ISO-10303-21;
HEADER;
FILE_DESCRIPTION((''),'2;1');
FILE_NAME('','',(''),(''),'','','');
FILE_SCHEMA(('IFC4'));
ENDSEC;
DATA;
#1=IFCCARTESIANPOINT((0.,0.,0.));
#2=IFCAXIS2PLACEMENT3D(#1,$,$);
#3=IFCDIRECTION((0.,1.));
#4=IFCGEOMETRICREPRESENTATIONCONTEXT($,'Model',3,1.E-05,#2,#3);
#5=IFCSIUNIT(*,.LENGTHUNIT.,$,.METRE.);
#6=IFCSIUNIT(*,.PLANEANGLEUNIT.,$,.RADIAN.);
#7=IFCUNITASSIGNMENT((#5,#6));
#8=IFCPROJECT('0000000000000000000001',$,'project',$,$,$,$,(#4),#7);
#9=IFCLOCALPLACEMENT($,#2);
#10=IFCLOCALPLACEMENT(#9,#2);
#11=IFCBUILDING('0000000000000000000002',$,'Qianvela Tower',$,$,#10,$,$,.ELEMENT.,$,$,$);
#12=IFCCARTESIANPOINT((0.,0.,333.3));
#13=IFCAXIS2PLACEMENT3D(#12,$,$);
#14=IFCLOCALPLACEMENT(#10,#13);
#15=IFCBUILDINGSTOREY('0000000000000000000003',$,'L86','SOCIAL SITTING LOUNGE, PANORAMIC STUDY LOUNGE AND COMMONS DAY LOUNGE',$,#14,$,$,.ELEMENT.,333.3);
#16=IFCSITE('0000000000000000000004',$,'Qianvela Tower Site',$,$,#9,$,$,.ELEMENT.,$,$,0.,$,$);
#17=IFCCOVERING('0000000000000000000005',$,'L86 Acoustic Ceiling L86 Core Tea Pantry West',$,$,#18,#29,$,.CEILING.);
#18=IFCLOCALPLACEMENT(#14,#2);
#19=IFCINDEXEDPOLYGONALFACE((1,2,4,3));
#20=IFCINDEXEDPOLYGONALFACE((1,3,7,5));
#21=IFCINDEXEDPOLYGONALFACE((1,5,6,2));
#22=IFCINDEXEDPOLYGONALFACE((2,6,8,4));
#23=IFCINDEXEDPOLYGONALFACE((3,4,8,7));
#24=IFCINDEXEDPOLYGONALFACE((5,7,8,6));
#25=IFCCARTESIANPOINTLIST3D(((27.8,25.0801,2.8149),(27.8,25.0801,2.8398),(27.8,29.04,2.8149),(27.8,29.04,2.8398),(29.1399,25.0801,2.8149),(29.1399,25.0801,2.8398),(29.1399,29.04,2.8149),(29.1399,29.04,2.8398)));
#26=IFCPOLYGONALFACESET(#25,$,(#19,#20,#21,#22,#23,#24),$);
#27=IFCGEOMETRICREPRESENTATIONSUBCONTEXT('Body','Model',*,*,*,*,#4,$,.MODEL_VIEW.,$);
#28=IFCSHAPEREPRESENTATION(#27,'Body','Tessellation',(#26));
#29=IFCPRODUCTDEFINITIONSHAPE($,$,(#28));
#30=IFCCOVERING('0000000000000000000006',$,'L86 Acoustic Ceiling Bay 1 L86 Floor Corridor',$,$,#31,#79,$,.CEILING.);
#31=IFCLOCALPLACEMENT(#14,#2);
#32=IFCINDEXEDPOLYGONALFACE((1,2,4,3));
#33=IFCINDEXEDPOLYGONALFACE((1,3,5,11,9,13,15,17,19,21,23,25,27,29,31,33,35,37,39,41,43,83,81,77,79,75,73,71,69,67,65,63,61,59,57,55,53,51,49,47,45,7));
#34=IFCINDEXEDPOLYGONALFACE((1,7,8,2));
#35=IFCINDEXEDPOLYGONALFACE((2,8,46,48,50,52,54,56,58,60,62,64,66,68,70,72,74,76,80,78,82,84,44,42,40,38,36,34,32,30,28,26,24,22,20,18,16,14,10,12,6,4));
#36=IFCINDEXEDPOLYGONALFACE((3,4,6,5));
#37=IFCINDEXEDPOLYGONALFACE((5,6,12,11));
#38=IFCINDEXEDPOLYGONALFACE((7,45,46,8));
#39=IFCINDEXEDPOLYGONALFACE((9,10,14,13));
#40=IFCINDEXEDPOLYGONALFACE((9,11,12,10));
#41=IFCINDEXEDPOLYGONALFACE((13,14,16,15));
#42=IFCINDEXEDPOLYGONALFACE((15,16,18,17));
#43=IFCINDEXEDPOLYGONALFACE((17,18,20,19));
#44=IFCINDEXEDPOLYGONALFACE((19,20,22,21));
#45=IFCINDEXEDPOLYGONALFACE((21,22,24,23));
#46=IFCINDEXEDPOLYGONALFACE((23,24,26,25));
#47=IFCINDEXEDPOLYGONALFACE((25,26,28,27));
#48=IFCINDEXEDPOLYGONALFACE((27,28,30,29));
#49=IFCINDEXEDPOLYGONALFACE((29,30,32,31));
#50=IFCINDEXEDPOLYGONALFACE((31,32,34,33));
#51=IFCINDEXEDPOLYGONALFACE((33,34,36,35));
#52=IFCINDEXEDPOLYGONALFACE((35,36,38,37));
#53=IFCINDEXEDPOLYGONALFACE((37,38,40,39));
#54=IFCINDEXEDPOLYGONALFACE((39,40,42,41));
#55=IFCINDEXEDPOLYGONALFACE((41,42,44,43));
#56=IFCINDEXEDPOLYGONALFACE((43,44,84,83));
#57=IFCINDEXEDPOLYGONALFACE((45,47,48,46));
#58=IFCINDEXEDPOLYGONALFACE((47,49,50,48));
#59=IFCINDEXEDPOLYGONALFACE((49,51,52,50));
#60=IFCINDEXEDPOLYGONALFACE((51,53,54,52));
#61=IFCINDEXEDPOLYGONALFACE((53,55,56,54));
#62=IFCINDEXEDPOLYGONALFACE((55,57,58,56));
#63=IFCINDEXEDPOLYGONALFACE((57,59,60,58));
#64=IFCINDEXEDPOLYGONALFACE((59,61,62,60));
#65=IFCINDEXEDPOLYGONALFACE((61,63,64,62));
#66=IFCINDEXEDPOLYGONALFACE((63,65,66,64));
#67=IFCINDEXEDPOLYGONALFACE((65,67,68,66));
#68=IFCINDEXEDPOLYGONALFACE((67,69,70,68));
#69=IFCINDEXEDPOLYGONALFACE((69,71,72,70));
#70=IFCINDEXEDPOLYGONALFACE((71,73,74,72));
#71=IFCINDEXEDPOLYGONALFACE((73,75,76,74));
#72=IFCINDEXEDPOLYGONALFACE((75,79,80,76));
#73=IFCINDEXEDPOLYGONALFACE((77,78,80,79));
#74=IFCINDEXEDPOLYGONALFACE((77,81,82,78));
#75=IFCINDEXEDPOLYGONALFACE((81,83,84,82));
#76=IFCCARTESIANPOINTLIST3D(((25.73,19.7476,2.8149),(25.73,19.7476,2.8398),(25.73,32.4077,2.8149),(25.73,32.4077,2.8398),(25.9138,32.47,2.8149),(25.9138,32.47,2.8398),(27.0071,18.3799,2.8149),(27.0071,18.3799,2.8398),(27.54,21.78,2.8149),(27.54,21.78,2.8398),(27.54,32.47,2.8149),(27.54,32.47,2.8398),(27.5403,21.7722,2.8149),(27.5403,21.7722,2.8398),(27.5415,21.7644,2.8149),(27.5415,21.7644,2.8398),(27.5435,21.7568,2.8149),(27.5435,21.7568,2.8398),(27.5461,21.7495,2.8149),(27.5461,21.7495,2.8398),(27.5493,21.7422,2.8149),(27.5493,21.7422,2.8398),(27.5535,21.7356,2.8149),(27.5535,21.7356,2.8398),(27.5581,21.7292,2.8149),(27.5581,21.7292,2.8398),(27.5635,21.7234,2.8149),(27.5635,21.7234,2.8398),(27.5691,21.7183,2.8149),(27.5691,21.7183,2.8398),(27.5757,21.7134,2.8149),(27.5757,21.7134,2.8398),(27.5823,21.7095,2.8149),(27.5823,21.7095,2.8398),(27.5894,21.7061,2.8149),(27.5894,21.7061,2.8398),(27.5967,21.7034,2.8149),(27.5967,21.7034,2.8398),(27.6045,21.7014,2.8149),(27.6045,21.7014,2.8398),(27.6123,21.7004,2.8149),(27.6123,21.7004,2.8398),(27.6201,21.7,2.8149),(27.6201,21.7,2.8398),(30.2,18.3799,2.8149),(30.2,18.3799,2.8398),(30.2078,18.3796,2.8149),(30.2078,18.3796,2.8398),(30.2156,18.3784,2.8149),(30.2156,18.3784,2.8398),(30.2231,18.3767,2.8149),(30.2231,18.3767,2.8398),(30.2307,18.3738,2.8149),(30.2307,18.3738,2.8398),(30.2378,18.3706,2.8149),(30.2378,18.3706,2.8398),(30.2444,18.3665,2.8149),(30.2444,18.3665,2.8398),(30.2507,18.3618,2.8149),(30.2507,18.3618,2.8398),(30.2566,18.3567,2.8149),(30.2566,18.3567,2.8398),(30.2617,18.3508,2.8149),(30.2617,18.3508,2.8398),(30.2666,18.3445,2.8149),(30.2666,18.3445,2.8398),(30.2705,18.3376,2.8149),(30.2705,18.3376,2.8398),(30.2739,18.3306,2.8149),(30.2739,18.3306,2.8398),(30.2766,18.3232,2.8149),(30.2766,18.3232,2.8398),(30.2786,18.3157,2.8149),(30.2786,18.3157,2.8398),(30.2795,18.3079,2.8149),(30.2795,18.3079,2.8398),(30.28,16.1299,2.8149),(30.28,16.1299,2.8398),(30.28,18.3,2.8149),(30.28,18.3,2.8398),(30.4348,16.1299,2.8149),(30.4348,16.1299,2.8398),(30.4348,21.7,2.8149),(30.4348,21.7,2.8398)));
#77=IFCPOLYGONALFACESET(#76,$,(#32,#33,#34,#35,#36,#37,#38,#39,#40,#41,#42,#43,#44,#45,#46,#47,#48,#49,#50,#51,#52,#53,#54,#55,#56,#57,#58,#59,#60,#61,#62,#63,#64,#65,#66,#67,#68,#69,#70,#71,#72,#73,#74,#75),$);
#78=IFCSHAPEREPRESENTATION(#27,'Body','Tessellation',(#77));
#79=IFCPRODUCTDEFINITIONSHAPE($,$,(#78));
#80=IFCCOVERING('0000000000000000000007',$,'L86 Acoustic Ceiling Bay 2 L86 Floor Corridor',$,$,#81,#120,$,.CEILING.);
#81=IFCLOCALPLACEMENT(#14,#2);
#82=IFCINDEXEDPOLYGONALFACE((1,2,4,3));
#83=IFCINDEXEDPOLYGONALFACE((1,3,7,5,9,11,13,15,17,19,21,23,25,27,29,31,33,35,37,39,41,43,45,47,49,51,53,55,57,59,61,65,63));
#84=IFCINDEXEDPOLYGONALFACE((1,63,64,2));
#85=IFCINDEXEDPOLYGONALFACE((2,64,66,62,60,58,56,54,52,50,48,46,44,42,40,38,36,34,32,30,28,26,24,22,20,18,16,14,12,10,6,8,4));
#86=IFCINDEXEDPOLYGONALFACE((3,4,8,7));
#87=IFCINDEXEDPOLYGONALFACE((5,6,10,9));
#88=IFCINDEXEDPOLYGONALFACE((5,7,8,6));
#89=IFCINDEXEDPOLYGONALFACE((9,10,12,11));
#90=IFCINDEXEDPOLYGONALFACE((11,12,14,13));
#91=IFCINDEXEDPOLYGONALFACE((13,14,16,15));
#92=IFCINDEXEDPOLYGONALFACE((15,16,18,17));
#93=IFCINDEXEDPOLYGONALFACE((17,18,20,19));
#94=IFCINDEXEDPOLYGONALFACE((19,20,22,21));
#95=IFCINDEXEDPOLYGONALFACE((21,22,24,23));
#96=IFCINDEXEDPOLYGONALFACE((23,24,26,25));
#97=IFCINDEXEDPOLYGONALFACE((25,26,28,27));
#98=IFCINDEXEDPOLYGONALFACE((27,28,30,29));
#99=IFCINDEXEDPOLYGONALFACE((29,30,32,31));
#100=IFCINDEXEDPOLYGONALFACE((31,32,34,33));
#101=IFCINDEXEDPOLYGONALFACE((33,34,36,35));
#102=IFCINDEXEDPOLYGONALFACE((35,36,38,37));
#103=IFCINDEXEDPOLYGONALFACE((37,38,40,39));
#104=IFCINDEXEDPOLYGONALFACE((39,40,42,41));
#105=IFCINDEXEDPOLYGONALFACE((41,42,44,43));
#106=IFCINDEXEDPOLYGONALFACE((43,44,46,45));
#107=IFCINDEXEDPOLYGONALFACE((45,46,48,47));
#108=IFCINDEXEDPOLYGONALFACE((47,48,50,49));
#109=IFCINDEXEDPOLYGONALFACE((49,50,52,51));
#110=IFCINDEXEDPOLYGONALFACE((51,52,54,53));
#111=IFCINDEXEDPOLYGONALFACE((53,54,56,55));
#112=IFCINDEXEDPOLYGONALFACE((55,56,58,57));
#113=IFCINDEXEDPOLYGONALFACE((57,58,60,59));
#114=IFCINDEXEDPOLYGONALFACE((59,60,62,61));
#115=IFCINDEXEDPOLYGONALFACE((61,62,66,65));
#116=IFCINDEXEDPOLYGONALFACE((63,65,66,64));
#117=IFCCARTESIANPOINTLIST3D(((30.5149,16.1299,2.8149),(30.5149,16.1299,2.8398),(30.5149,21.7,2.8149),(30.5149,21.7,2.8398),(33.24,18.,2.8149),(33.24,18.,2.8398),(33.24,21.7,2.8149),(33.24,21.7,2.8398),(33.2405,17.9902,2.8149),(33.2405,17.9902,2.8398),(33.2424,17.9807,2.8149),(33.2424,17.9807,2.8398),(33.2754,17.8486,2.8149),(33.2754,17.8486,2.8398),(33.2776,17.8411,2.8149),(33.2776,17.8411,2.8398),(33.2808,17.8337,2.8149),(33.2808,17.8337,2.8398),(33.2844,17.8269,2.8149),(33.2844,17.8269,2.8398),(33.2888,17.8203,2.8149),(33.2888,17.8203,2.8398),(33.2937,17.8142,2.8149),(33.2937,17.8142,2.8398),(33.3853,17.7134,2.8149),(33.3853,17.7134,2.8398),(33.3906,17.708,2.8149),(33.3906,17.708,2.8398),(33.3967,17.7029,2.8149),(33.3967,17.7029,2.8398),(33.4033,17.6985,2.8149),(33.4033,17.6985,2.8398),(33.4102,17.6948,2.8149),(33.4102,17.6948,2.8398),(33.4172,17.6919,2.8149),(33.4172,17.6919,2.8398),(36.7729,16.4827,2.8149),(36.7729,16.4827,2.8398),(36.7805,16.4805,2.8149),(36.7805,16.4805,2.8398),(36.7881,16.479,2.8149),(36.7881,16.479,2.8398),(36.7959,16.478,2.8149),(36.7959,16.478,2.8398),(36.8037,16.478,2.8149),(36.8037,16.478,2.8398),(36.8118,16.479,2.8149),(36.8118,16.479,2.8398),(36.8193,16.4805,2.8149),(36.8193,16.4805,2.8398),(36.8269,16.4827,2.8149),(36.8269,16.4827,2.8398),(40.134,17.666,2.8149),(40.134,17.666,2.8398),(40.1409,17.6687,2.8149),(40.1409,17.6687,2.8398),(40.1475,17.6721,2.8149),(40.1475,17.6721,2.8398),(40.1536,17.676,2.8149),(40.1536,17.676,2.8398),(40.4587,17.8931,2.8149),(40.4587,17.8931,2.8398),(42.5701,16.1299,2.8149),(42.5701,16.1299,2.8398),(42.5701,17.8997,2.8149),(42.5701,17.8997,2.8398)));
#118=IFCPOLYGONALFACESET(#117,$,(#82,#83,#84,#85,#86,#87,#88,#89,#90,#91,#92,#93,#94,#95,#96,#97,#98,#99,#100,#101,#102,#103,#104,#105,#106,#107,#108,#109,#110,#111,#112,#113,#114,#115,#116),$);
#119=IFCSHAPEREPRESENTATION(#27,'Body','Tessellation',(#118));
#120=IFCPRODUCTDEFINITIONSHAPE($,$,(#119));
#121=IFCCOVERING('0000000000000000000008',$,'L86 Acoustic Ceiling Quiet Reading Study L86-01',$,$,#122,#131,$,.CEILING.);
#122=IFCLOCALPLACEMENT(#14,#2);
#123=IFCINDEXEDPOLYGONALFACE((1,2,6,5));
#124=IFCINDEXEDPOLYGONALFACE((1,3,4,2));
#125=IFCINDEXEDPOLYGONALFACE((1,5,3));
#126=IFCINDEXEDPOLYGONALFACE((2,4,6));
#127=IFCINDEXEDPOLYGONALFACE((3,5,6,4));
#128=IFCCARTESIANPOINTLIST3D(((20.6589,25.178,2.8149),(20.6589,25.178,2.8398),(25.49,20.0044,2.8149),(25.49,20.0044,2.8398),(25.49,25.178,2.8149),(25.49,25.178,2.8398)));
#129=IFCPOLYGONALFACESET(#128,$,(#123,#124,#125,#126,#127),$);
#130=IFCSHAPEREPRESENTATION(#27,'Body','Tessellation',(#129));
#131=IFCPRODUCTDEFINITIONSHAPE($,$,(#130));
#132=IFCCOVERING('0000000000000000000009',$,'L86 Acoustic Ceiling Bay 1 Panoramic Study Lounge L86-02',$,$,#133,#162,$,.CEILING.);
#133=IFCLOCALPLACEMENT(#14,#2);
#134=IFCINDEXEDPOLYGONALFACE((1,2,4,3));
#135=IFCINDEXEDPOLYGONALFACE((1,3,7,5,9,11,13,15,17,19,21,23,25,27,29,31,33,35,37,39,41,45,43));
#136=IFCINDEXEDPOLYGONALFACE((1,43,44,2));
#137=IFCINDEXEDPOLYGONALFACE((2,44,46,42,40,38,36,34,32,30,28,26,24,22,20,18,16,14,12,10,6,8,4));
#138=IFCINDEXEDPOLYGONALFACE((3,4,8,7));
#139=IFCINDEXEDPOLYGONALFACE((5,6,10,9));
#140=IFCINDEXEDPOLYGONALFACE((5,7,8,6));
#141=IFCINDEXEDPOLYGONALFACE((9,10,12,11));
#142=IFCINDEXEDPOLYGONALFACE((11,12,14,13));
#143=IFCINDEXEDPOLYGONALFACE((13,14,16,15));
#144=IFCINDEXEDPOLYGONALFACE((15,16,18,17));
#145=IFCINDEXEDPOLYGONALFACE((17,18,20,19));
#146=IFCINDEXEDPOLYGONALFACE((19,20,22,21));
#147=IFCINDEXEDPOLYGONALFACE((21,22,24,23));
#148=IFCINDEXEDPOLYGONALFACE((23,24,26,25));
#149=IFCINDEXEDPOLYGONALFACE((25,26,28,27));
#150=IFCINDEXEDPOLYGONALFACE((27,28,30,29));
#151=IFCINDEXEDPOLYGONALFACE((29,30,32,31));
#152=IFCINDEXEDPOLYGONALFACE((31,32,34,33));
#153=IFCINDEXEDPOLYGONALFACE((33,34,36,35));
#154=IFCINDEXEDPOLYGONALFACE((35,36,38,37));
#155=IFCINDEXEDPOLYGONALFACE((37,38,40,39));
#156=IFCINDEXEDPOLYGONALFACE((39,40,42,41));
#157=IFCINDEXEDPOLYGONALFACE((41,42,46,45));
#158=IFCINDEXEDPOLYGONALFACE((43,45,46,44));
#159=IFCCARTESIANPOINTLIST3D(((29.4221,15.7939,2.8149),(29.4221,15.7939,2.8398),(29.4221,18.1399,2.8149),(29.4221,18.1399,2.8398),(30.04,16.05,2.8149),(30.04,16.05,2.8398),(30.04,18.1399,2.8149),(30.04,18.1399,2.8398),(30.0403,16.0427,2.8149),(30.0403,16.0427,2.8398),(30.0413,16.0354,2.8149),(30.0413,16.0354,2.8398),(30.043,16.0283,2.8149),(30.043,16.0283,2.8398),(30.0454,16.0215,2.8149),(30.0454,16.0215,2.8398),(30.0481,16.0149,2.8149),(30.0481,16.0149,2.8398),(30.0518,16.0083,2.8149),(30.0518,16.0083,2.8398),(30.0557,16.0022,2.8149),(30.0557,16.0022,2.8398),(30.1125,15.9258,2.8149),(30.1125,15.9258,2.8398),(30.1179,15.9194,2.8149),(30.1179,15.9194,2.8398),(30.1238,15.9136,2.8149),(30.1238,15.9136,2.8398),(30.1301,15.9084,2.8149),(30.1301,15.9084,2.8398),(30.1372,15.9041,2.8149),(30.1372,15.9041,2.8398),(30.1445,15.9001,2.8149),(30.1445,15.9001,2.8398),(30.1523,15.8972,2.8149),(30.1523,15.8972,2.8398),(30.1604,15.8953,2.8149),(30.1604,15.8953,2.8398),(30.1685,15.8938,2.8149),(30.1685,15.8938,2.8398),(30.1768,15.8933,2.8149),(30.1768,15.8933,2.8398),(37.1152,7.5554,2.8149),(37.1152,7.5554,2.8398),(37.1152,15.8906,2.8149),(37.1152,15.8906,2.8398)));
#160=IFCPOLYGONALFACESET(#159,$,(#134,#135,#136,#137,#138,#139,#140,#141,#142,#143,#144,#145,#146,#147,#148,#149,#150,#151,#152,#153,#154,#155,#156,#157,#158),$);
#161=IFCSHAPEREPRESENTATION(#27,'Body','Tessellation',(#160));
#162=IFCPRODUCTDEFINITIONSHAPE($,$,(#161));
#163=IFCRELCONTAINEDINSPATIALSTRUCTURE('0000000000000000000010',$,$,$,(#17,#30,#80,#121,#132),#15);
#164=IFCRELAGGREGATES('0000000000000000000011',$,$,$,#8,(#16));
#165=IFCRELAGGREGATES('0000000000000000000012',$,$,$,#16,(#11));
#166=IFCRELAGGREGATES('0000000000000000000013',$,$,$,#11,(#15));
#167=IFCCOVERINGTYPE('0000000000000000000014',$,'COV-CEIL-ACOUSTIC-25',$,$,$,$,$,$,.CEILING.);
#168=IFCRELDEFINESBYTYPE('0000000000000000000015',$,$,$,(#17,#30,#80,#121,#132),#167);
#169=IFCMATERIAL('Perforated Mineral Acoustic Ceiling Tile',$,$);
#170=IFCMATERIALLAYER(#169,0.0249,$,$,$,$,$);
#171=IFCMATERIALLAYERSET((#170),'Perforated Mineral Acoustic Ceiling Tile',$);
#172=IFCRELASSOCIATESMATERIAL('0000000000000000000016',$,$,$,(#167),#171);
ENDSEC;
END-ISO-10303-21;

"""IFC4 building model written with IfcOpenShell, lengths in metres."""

from ifc_helpers import new_model, si_unit, direction, frame, origin, place, context, subcontext, project, spatial, polyline, outline, extrude, material, layer, layer_set, type_object, element, save


model = new_model("IFC4")

# Units and contexts
model_context = context("Model", 3, precision=1e-05, world=origin(), true_north=direction((0.0, 1.0)))
body_context = subcontext(model_context, "Body", "Model", "MODEL_VIEW")
ifc_project = project(units=[si_unit("LENGTHUNIT", "METRE"), si_unit("PLANEANGLEUNIT", "RADIAN")], contexts=[model_context])

# Site, building, storey
site_placement = place(None, origin())
site = spatial("IfcSite", under=ifc_project, at=site_placement, Name="Qianvela Tower Site", CompositionType="ELEMENT", RefElevation=0.0)
building_placement = place(site_placement, origin())
building = spatial("IfcBuilding", under=site, at=building_placement, Name="Qianvela Tower", CompositionType="ELEMENT")
storey_placement = place(building_placement, frame((0.0, 0.0, 333.3)))
storey = spatial("IfcBuildingStorey", under=building, at=storey_placement, Name="L86", Description="SOCIAL SITTING LOUNGE, PANORAMIC STUDY LOUNGE AND COMMONS DAY LOUNGE", CompositionType="ELEMENT", Elevation=333.3)

# Coverings
ifc_material_1 = material(Name="Perforated Mineral Acoustic Ceiling Tile")
ifc_layer_1 = layer(ifc_material_1, 0.0249)
ifc_layer_set_1 = layer_set([ifc_layer_1], Name="Perforated Mineral Acoustic Ceiling Tile")
covering_type_1 = type_object("IfcCoveringType", Name="COV-CEIL-ACOUSTIC-25", PredefinedType="CEILING", material=ifc_layer_set_1)
covering_1_placement = place(storey_placement, frame((0.0, 0.0, 2.8149)))
element("IfcCovering", 1, at=covering_1_placement, inside=storey, type_object=covering_type_1, Name="L86 Acoustic Ceiling L86 Core Tea Pantry West", PredefinedType="CEILING", context=body_context, shape_type="SweptSolid", body=[
    extrude(outline(polyline([(27.8, 25.0801), (27.8, 29.04), (29.1399, 29.04), (29.1399, 25.0801), (27.8, 25.0801)])), origin(), (0.0, 0.0, 1.0), 0.0249),
])
covering_2_placement = place(storey_placement, frame((0.0, 0.0, 2.8149)))
element("IfcCovering", 2, at=covering_2_placement, inside=storey, type_object=covering_type_1, Name="L86 Acoustic Ceiling Bay 1 L86 Floor Corridor", PredefinedType="CEILING", context=body_context, shape_type="SweptSolid", body=[
    extrude(outline(polyline([(27.54, 21.78), (27.5403, 21.7722), (27.5415, 21.7644), (27.5435, 21.7568), (27.5461, 21.7495), (27.5493, 21.7422), (27.5535, 21.7356), (27.5581, 21.7292), (27.5635, 21.7234), (27.5691, 21.7183), (27.5757, 21.7134), (27.5823, 21.7095), (27.5894, 21.7061), (27.5967, 21.7034), (27.6045, 21.7014), (27.6123, 21.7004), (27.6201, 21.7), (30.4348, 21.7), (30.4348, 16.1299), (30.28, 16.1299), (30.28, 18.3), (30.2795, 18.3079), (30.2786, 18.3157), (30.2766, 18.3232), (30.2739, 18.3306), (30.2705, 18.3376), (30.2666, 18.3445), (30.2617, 18.3508), (30.2566, 18.3567), (30.2507, 18.3618), (30.2444, 18.3665), (30.2378, 18.3706), (30.2307, 18.3738), (30.2231, 18.3767), (30.2156, 18.3784), (30.2078, 18.3796), (30.2, 18.3799), (27.0071, 18.3799), (25.73, 19.7476), (25.73, 32.4077), (25.9138, 32.47), (27.54, 32.47), (27.54, 21.78)])), origin(), (0.0, 0.0, 1.0), 0.0249),
])
covering_3_placement = place(storey_placement, frame((0.0, 0.0, 2.8149)))
element("IfcCovering", 3, at=covering_3_placement, inside=storey, type_object=covering_type_1, Name="L86 Acoustic Ceiling Bay 2 L86 Floor Corridor", PredefinedType="CEILING", context=body_context, shape_type="SweptSolid", body=[
    extrude(outline(polyline([(33.24, 21.7), (33.24, 18.0), (33.2405, 17.9902), (33.2424, 17.9807), (33.2754, 17.8486), (33.2776, 17.8411), (33.2808, 17.8337), (33.2844, 17.8269), (33.2888, 17.8203), (33.2937, 17.8142), (33.3853, 17.7134), (33.3906, 17.708), (33.3967, 17.7029), (33.4033, 17.6985), (33.4102, 17.6948), (33.4172, 17.6919), (36.7729, 16.4827), (36.7805, 16.4805), (36.7881, 16.479), (36.7959, 16.478), (36.8037, 16.478), (36.8118, 16.479), (36.8193, 16.4805), (36.8269, 16.4827), (40.134, 17.666), (40.1409, 17.6687), (40.1475, 17.6721), (40.1536, 17.676), (40.4587, 17.8931), (42.5701, 17.8997), (42.5701, 16.1299), (30.5149, 16.1299), (30.5149, 21.7), (33.24, 21.7)])), origin(), (0.0, 0.0, 1.0), 0.0249),
])
covering_4_placement = place(storey_placement, frame((0.0, 0.0, 2.8149)))
element("IfcCovering", 4, at=covering_4_placement, inside=storey, type_object=covering_type_1, Name="L86 Acoustic Ceiling Quiet Reading Study L86-01", PredefinedType="CEILING", context=body_context, shape_type="SweptSolid", body=[
    extrude(outline(polyline([(20.6589, 25.178), (25.49, 25.178), (25.49, 20.0044), (20.6589, 25.178)])), origin(), (0.0, 0.0, 1.0), 0.0249),
])
covering_5_placement = place(storey_placement, frame((0.0, 0.0, 2.8149)))
element("IfcCovering", 5, at=covering_5_placement, inside=storey, type_object=covering_type_1, Name="L86 Acoustic Ceiling Bay 1 Panoramic Study Lounge L86-02", PredefinedType="CEILING", context=body_context, shape_type="SweptSolid", body=[
    extrude(outline(polyline([(29.4221, 15.7939), (29.4221, 18.1399), (30.04, 18.1399), (30.04, 16.05), (30.0403, 16.0427), (30.0413, 16.0354), (30.043, 16.0283), (30.0454, 16.0215), (30.0481, 16.0149), (30.0518, 16.0083), (30.0557, 16.0022), (30.1125, 15.9258), (30.1179, 15.9194), (30.1238, 15.9136), (30.1301, 15.9084), (30.1372, 15.9041), (30.1445, 15.9001), (30.1523, 15.8972), (30.1604, 15.8953), (30.1685, 15.8938), (30.1768, 15.8933), (37.1152, 15.8906), (37.1152, 7.5554), (29.4221, 15.7939)])), origin(), (0.0, 0.0, 1.0), 0.0249),
])

save(model, "model.ifc")
